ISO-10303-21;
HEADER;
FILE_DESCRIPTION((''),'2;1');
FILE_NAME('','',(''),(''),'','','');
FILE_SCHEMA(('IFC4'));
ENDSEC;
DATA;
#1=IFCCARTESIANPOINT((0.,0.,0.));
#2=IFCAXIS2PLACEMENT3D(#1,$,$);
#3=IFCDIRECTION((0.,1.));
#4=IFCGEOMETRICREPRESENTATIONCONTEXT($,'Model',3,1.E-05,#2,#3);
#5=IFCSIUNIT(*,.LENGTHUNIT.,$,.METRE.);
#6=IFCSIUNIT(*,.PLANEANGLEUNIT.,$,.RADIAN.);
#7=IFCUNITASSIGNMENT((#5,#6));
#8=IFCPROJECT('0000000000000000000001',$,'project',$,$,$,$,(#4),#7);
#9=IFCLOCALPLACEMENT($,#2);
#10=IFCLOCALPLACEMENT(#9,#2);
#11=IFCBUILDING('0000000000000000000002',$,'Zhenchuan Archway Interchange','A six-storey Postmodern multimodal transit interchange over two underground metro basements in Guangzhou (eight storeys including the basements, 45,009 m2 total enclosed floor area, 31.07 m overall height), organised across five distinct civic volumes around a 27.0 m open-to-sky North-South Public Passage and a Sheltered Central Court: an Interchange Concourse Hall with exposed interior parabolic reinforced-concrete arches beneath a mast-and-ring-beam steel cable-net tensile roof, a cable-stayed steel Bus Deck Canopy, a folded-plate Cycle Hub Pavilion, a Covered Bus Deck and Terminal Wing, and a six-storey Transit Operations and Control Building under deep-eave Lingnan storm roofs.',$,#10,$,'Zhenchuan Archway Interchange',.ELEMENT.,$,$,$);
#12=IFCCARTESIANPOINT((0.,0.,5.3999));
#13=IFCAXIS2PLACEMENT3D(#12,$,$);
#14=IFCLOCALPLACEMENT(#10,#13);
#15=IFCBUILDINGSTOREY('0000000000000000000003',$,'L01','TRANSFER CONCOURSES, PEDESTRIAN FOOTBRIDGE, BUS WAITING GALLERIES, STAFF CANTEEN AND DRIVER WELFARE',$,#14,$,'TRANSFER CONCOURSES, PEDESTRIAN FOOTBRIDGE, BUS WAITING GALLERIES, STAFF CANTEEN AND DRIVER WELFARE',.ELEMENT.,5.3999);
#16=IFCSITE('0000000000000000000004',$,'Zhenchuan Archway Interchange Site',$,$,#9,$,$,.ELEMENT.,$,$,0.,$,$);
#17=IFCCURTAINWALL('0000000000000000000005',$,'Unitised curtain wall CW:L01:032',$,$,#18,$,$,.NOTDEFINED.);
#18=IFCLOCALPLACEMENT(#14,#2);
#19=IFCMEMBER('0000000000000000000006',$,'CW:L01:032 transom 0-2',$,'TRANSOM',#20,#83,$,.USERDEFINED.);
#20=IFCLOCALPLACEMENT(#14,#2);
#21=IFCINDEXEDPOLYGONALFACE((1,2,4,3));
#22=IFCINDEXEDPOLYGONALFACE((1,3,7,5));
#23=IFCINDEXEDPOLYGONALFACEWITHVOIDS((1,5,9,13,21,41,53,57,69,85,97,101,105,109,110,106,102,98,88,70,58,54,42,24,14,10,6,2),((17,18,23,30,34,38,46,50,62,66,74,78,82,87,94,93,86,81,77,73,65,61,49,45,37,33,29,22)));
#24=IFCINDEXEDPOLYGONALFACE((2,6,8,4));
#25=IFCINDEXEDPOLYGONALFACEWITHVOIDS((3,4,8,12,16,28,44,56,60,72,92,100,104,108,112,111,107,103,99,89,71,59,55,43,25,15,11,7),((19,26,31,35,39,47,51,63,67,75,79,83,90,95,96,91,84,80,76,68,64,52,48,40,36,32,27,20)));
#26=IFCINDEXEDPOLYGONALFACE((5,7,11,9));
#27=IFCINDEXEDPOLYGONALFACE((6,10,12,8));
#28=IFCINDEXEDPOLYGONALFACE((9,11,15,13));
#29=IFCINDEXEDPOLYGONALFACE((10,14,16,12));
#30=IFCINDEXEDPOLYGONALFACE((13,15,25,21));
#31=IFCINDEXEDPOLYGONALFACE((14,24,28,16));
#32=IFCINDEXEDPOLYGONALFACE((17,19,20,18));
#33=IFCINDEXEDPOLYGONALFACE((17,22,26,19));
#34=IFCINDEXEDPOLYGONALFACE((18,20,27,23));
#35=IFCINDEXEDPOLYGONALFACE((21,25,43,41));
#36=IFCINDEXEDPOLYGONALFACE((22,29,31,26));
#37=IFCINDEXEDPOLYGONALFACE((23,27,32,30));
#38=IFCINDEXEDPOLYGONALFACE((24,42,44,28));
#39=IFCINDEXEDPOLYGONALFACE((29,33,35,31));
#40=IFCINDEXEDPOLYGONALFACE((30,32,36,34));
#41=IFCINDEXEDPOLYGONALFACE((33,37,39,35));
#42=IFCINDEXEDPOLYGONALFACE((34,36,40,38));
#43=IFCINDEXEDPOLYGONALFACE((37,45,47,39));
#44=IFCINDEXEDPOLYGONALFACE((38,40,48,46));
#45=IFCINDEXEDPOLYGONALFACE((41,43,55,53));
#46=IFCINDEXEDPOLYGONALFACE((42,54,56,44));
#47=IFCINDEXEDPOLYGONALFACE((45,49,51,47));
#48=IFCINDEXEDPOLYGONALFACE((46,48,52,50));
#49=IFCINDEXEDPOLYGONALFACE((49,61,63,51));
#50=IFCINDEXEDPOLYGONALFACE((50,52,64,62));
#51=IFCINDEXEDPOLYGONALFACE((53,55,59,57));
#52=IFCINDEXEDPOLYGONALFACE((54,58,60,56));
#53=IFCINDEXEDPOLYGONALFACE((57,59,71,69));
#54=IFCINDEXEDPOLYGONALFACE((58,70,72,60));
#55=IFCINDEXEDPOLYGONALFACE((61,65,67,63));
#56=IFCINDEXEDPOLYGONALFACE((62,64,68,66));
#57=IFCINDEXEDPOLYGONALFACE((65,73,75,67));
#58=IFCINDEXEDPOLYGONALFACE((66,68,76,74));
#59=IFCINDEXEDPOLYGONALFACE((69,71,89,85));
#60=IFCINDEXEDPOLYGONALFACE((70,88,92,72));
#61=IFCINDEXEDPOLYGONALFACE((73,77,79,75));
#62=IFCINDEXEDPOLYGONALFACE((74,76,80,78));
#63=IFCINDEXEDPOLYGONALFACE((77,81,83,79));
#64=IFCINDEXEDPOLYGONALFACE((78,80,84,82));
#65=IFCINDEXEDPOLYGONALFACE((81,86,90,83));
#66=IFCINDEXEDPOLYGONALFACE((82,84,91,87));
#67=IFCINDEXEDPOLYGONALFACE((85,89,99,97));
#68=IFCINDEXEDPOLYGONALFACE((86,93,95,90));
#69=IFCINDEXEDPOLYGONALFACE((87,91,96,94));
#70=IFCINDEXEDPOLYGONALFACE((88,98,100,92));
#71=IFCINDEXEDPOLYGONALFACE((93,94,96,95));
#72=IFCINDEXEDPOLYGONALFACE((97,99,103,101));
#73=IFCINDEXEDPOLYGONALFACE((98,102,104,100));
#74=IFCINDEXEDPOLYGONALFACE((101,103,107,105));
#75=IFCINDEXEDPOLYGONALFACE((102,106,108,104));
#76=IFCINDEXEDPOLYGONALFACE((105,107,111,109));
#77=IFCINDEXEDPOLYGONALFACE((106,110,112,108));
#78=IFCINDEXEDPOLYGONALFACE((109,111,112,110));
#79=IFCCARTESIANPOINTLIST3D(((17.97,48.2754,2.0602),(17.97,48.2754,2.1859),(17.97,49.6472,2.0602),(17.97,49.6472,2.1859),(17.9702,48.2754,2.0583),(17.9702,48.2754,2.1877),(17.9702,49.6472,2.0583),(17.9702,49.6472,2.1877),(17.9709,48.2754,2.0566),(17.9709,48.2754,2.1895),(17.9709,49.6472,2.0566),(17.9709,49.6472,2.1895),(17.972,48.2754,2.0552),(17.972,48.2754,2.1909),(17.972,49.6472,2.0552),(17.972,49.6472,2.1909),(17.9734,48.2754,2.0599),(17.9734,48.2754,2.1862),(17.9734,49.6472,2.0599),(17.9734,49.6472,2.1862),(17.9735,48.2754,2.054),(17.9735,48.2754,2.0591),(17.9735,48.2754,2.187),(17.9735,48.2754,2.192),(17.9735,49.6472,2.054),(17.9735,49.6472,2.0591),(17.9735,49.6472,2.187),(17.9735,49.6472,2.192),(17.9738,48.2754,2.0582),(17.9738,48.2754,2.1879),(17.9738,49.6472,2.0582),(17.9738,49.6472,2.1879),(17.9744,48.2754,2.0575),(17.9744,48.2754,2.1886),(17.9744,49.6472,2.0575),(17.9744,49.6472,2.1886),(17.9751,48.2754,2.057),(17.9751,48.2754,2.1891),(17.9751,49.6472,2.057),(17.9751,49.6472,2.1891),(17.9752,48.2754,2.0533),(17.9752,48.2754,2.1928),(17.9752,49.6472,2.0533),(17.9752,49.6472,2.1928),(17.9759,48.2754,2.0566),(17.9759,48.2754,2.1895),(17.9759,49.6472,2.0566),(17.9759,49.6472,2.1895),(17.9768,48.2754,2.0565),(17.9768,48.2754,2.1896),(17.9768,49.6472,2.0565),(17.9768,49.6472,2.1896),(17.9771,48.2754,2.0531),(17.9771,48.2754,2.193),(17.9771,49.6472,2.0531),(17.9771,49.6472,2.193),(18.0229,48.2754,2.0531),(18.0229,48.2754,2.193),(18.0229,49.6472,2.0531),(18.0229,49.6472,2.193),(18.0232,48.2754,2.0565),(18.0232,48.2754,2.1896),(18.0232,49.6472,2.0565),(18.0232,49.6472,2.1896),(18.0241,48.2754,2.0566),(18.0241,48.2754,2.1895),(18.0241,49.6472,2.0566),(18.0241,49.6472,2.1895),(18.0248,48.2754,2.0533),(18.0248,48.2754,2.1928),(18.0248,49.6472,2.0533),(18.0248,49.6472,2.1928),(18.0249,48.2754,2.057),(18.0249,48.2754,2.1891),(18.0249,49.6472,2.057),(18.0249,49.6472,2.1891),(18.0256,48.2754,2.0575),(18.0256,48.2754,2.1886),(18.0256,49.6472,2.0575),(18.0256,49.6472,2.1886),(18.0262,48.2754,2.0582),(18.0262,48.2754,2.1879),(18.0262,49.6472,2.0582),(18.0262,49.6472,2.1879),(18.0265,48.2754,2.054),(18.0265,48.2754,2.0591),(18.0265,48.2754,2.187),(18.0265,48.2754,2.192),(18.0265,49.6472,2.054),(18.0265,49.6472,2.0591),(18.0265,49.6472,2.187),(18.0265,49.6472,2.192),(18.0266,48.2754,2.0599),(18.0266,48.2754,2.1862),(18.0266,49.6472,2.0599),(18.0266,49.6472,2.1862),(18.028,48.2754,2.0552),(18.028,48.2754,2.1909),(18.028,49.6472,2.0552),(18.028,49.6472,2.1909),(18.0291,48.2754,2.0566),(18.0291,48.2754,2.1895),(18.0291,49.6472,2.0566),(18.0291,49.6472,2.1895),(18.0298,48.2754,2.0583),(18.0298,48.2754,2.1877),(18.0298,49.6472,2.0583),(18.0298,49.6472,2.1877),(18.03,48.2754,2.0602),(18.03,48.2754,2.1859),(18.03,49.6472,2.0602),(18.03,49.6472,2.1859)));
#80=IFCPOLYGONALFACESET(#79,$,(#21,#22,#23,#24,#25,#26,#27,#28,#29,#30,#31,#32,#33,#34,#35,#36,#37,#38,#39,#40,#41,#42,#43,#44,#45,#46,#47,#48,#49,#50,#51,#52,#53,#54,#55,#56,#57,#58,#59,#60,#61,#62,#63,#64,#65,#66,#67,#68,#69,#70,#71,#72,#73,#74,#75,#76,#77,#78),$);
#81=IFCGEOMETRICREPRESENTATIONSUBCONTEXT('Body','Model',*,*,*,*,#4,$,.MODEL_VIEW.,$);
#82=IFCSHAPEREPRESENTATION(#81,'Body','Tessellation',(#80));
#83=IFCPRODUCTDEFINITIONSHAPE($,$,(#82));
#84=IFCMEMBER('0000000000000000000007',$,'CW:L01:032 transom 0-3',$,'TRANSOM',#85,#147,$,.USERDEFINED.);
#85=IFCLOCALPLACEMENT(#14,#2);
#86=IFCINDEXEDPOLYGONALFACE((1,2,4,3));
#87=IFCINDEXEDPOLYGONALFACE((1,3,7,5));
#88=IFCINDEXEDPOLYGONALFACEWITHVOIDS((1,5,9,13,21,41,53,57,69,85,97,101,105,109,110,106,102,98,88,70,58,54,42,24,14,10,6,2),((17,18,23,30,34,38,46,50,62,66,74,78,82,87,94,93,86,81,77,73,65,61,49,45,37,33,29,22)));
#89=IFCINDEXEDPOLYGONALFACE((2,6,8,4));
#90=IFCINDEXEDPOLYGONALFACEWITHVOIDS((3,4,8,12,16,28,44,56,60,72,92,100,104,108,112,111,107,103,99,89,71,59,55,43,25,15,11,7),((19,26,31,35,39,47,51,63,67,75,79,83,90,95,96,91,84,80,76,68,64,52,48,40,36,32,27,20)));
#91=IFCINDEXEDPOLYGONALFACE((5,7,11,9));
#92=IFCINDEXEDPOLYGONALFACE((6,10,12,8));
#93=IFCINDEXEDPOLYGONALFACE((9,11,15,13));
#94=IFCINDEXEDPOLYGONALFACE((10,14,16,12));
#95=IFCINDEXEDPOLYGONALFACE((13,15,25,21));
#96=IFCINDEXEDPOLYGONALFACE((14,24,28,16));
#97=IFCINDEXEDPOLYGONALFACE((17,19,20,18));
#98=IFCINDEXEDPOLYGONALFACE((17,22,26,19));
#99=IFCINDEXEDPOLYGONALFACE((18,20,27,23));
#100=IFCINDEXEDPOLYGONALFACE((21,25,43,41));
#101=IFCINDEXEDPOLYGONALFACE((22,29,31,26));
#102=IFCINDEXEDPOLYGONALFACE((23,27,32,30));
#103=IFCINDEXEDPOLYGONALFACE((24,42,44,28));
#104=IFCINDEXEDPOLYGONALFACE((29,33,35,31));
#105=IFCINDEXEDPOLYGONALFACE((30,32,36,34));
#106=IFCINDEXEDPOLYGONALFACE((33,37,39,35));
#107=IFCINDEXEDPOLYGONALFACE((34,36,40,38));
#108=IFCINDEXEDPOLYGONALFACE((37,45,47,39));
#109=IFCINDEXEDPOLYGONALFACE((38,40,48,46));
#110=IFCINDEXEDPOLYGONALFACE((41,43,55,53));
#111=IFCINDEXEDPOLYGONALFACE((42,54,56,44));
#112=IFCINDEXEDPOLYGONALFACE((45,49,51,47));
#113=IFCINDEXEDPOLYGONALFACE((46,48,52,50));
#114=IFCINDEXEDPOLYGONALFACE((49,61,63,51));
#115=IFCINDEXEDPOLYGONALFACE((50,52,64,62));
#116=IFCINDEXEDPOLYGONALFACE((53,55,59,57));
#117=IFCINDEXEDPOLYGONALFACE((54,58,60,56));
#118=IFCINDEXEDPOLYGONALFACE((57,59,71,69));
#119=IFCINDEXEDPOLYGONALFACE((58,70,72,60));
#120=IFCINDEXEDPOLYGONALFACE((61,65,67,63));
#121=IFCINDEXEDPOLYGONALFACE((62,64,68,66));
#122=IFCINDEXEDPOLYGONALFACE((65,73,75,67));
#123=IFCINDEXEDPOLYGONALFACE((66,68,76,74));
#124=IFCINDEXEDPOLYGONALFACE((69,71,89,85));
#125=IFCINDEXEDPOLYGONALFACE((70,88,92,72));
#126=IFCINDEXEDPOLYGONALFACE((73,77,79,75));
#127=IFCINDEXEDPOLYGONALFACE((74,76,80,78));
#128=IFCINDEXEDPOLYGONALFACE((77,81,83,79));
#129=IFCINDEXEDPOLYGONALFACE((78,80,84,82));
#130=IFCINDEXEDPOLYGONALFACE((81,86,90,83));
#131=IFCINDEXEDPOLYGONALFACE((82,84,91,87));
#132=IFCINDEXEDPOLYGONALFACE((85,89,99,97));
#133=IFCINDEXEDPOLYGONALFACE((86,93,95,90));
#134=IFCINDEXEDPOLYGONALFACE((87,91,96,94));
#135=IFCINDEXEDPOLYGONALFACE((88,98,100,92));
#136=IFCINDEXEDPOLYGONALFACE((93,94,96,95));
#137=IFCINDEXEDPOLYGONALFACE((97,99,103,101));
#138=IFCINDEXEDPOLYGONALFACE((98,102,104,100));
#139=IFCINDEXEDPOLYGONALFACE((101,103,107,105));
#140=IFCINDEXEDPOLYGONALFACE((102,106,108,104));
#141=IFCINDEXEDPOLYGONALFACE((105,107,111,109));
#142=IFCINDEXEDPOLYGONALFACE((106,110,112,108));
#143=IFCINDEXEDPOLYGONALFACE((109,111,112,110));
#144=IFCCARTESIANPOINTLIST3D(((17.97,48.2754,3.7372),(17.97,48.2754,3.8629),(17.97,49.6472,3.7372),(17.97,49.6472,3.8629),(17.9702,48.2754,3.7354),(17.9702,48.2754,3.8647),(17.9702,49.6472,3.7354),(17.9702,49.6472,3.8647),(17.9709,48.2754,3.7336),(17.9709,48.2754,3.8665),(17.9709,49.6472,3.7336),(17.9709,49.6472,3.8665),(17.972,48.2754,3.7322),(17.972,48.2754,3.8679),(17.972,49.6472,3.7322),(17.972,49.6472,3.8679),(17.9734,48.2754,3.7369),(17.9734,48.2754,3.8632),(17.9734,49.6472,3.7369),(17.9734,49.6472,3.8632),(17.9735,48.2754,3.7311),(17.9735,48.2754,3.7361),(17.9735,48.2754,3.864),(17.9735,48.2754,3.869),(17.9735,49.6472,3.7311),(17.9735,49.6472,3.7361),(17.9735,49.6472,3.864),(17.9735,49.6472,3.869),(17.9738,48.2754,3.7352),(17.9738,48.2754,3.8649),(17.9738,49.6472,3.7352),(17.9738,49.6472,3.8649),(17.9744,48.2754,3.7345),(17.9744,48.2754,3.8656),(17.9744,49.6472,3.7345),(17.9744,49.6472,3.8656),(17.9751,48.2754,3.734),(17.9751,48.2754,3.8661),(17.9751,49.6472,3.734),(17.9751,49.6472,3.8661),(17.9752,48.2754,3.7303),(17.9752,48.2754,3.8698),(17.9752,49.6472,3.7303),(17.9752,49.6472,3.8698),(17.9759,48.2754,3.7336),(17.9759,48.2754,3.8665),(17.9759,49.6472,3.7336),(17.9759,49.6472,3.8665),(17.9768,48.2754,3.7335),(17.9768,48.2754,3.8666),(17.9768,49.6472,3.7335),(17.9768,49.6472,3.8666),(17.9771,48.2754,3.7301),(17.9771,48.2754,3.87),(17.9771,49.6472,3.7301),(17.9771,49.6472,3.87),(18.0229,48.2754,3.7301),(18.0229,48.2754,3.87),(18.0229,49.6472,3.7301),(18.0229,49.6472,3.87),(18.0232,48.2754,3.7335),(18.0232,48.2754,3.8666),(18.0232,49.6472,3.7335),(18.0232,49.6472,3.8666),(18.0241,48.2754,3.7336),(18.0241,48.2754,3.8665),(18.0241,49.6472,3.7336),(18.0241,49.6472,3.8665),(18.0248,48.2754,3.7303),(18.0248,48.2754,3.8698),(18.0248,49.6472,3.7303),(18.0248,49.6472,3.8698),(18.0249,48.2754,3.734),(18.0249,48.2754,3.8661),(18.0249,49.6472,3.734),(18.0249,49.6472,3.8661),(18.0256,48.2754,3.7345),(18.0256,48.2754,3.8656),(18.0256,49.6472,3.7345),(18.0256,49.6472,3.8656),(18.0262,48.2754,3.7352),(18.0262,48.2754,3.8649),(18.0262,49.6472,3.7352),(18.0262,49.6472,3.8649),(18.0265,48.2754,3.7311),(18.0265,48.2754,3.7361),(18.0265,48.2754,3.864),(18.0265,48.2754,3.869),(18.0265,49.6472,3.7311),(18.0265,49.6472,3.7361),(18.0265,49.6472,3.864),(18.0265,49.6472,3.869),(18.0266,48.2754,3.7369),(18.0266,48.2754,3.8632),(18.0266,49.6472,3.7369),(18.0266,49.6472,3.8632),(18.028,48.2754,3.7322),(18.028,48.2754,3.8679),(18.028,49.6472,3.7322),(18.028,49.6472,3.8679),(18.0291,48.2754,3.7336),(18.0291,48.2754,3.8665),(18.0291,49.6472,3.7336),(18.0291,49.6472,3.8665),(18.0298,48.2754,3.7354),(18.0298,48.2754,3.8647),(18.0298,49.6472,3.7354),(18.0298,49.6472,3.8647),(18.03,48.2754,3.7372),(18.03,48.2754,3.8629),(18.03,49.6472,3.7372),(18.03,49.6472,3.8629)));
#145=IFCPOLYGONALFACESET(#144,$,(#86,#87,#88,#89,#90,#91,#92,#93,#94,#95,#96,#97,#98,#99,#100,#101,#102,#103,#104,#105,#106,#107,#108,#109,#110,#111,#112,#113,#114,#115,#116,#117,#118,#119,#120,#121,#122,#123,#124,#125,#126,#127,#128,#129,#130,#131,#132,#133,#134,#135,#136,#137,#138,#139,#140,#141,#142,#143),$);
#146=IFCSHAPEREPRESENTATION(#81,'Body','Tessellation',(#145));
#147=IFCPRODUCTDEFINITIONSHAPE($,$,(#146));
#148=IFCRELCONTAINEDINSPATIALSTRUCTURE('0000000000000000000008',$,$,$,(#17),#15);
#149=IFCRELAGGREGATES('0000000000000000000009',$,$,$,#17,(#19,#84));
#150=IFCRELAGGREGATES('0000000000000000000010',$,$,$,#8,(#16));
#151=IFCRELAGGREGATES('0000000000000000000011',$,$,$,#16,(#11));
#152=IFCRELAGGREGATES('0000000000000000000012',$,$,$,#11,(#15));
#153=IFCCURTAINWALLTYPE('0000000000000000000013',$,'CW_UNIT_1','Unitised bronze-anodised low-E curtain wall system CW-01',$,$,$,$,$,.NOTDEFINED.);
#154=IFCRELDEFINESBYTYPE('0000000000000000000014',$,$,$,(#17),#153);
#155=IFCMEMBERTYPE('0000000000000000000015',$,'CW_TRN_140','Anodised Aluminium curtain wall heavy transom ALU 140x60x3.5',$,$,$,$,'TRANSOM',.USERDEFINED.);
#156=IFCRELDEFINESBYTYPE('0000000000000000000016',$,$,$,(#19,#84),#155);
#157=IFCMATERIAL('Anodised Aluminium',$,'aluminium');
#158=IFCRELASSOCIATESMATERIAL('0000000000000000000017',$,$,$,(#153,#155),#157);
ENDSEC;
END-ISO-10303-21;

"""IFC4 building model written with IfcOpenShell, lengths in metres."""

from ifc_helpers import new_model, si_unit, direction, frame, origin, origin_2d, place, context, subcontext, project, spatial, hollow_rectangle, extrude, material, material_profile, profile_set, type_object, element, aggregate, save


model = new_model("IFC4")

# Units and contexts
model_context = context("Model", 3, precision=1e-05, world=origin(), true_north=direction((0.0, 1.0)))
body_context = subcontext(model_context, "Body", "Model", "MODEL_VIEW")
ifc_project = project(units=[si_unit("LENGTHUNIT", "METRE"), si_unit("PLANEANGLEUNIT", "RADIAN")], contexts=[model_context])

# Site, building, storey
site_placement = place(None, origin())
site = spatial("IfcSite", under=ifc_project, at=site_placement, Name="Zhenchuan Archway Interchange Site", CompositionType="ELEMENT", RefElevation=0.0)
building_placement = place(site_placement, origin())
building = spatial("IfcBuilding", under=site, at=building_placement, Name="Zhenchuan Archway Interchange", Description="A six-storey Postmodern multimodal transit interchange over two underground metro basements in Guangzhou (eight storeys including the basements, 45,009 m2 total enclosed floor area, 31.07 m overall height), organised across five distinct civic volumes around a 27.0 m open-to-sky North-South Public Passage and a Sheltered Central Court: an Interchange Concourse Hall with exposed interior parabolic reinforced-concrete arches beneath a mast-and-ring-beam steel cable-net tensile roof, a cable-stayed steel Bus Deck Canopy, a folded-plate Cycle Hub Pavilion, a Covered Bus Deck and Terminal Wing, and a six-storey Transit Operations and Control Building under deep-eave Lingnan storm roofs.", LongName="Zhenchuan Archway Interchange", CompositionType="ELEMENT")
storey_placement = place(building_placement, frame((0.0, 0.0, 5.3999)))
storey = spatial("IfcBuildingStorey", under=building, at=storey_placement, Name="L01", Description="TRANSFER CONCOURSES, PEDESTRIAN FOOTBRIDGE, BUS WAITING GALLERIES, STAFF CANTEEN AND DRIVER WELFARE", LongName="TRANSFER CONCOURSES, PEDESTRIAN FOOTBRIDGE, BUS WAITING GALLERIES, STAFF CANTEEN AND DRIVER WELFARE", CompositionType="ELEMENT", Elevation=5.3999)

# Shared definitions
ifc_material_1 = material(Name="Anodised Aluminium", Category="aluminium")

# Curtain wall, members
curtain_wall_type_1 = type_object("IfcCurtainWallType", Name="CW_UNIT_1", Description="Unitised bronze-anodised low-E curtain wall system CW-01", PredefinedType="NOTDEFINED", material=ifc_material_1)
curtain_wall_1_placement = place(storey_placement, origin())
curtain_wall_1 = element("IfcCurtainWall", 1, at=curtain_wall_1_placement, inside=storey, type_object=curtain_wall_type_1, Name="Unitised curtain wall CW:L01:032", PredefinedType="NOTDEFINED")
ifc_material_profile_1 = material_profile(ifc_material_1, hollow_rectangle(XDim=0.0601, YDim=0.1399, WallThickness=0.0034, InnerFilletRadius=0.0034, OuterFilletRadius=0.0071, at=origin_2d()), Name="ALU 140x60x3.5")
ifc_profile_set_1 = profile_set([ifc_material_profile_1], Name="Anodised Aluminium")
member_type_1 = type_object("IfcMemberType", Name="CW_TRN_140", Description="Anodised Aluminium curtain wall heavy transom ALU 140x60x3.5", ElementType="TRANSOM", PredefinedType="USERDEFINED", material=ifc_profile_set_1)
member_1_placement = place(storey_placement, frame((18.0, 48.2754, 2.123), z_axis=(0.0, 1.0, 0.0), x_axis=(-1.0, 0.0, 0.0)))
member_1 = element("IfcMember", 2, at=member_1_placement, type_object=member_type_1, Name="CW:L01:032 transom 0-2", ObjectType="TRANSOM", PredefinedType="USERDEFINED", context=body_context, shape_type="SweptSolid", body=[
    extrude(hollow_rectangle(XDim=0.0601, YDim=0.1399, WallThickness=0.0034, InnerFilletRadius=0.0034, OuterFilletRadius=0.0071, at=origin_2d()), origin(), (0.0, 0.0, 1.0), 1.3718),
])
member_2_placement = place(storey_placement, frame((18.0, 48.2754, 3.8), z_axis=(0.0, 1.0, 0.0), x_axis=(-1.0, 0.0, 0.0)))
member_2 = element("IfcMember", 3, at=member_2_placement, type_object=member_type_1, Name="CW:L01:032 transom 0-3", ObjectType="TRANSOM", PredefinedType="USERDEFINED", context=body_context, shape_type="SweptSolid", body=[
    extrude(hollow_rectangle(XDim=0.0601, YDim=0.1399, WallThickness=0.0034, InnerFilletRadius=0.0034, OuterFilletRadius=0.0071, at=origin_2d()), origin(), (0.0, 0.0, 1.0), 1.3718),
])

aggregate(curtain_wall_1, [member_1, member_2])

save(model, "model.ifc")
